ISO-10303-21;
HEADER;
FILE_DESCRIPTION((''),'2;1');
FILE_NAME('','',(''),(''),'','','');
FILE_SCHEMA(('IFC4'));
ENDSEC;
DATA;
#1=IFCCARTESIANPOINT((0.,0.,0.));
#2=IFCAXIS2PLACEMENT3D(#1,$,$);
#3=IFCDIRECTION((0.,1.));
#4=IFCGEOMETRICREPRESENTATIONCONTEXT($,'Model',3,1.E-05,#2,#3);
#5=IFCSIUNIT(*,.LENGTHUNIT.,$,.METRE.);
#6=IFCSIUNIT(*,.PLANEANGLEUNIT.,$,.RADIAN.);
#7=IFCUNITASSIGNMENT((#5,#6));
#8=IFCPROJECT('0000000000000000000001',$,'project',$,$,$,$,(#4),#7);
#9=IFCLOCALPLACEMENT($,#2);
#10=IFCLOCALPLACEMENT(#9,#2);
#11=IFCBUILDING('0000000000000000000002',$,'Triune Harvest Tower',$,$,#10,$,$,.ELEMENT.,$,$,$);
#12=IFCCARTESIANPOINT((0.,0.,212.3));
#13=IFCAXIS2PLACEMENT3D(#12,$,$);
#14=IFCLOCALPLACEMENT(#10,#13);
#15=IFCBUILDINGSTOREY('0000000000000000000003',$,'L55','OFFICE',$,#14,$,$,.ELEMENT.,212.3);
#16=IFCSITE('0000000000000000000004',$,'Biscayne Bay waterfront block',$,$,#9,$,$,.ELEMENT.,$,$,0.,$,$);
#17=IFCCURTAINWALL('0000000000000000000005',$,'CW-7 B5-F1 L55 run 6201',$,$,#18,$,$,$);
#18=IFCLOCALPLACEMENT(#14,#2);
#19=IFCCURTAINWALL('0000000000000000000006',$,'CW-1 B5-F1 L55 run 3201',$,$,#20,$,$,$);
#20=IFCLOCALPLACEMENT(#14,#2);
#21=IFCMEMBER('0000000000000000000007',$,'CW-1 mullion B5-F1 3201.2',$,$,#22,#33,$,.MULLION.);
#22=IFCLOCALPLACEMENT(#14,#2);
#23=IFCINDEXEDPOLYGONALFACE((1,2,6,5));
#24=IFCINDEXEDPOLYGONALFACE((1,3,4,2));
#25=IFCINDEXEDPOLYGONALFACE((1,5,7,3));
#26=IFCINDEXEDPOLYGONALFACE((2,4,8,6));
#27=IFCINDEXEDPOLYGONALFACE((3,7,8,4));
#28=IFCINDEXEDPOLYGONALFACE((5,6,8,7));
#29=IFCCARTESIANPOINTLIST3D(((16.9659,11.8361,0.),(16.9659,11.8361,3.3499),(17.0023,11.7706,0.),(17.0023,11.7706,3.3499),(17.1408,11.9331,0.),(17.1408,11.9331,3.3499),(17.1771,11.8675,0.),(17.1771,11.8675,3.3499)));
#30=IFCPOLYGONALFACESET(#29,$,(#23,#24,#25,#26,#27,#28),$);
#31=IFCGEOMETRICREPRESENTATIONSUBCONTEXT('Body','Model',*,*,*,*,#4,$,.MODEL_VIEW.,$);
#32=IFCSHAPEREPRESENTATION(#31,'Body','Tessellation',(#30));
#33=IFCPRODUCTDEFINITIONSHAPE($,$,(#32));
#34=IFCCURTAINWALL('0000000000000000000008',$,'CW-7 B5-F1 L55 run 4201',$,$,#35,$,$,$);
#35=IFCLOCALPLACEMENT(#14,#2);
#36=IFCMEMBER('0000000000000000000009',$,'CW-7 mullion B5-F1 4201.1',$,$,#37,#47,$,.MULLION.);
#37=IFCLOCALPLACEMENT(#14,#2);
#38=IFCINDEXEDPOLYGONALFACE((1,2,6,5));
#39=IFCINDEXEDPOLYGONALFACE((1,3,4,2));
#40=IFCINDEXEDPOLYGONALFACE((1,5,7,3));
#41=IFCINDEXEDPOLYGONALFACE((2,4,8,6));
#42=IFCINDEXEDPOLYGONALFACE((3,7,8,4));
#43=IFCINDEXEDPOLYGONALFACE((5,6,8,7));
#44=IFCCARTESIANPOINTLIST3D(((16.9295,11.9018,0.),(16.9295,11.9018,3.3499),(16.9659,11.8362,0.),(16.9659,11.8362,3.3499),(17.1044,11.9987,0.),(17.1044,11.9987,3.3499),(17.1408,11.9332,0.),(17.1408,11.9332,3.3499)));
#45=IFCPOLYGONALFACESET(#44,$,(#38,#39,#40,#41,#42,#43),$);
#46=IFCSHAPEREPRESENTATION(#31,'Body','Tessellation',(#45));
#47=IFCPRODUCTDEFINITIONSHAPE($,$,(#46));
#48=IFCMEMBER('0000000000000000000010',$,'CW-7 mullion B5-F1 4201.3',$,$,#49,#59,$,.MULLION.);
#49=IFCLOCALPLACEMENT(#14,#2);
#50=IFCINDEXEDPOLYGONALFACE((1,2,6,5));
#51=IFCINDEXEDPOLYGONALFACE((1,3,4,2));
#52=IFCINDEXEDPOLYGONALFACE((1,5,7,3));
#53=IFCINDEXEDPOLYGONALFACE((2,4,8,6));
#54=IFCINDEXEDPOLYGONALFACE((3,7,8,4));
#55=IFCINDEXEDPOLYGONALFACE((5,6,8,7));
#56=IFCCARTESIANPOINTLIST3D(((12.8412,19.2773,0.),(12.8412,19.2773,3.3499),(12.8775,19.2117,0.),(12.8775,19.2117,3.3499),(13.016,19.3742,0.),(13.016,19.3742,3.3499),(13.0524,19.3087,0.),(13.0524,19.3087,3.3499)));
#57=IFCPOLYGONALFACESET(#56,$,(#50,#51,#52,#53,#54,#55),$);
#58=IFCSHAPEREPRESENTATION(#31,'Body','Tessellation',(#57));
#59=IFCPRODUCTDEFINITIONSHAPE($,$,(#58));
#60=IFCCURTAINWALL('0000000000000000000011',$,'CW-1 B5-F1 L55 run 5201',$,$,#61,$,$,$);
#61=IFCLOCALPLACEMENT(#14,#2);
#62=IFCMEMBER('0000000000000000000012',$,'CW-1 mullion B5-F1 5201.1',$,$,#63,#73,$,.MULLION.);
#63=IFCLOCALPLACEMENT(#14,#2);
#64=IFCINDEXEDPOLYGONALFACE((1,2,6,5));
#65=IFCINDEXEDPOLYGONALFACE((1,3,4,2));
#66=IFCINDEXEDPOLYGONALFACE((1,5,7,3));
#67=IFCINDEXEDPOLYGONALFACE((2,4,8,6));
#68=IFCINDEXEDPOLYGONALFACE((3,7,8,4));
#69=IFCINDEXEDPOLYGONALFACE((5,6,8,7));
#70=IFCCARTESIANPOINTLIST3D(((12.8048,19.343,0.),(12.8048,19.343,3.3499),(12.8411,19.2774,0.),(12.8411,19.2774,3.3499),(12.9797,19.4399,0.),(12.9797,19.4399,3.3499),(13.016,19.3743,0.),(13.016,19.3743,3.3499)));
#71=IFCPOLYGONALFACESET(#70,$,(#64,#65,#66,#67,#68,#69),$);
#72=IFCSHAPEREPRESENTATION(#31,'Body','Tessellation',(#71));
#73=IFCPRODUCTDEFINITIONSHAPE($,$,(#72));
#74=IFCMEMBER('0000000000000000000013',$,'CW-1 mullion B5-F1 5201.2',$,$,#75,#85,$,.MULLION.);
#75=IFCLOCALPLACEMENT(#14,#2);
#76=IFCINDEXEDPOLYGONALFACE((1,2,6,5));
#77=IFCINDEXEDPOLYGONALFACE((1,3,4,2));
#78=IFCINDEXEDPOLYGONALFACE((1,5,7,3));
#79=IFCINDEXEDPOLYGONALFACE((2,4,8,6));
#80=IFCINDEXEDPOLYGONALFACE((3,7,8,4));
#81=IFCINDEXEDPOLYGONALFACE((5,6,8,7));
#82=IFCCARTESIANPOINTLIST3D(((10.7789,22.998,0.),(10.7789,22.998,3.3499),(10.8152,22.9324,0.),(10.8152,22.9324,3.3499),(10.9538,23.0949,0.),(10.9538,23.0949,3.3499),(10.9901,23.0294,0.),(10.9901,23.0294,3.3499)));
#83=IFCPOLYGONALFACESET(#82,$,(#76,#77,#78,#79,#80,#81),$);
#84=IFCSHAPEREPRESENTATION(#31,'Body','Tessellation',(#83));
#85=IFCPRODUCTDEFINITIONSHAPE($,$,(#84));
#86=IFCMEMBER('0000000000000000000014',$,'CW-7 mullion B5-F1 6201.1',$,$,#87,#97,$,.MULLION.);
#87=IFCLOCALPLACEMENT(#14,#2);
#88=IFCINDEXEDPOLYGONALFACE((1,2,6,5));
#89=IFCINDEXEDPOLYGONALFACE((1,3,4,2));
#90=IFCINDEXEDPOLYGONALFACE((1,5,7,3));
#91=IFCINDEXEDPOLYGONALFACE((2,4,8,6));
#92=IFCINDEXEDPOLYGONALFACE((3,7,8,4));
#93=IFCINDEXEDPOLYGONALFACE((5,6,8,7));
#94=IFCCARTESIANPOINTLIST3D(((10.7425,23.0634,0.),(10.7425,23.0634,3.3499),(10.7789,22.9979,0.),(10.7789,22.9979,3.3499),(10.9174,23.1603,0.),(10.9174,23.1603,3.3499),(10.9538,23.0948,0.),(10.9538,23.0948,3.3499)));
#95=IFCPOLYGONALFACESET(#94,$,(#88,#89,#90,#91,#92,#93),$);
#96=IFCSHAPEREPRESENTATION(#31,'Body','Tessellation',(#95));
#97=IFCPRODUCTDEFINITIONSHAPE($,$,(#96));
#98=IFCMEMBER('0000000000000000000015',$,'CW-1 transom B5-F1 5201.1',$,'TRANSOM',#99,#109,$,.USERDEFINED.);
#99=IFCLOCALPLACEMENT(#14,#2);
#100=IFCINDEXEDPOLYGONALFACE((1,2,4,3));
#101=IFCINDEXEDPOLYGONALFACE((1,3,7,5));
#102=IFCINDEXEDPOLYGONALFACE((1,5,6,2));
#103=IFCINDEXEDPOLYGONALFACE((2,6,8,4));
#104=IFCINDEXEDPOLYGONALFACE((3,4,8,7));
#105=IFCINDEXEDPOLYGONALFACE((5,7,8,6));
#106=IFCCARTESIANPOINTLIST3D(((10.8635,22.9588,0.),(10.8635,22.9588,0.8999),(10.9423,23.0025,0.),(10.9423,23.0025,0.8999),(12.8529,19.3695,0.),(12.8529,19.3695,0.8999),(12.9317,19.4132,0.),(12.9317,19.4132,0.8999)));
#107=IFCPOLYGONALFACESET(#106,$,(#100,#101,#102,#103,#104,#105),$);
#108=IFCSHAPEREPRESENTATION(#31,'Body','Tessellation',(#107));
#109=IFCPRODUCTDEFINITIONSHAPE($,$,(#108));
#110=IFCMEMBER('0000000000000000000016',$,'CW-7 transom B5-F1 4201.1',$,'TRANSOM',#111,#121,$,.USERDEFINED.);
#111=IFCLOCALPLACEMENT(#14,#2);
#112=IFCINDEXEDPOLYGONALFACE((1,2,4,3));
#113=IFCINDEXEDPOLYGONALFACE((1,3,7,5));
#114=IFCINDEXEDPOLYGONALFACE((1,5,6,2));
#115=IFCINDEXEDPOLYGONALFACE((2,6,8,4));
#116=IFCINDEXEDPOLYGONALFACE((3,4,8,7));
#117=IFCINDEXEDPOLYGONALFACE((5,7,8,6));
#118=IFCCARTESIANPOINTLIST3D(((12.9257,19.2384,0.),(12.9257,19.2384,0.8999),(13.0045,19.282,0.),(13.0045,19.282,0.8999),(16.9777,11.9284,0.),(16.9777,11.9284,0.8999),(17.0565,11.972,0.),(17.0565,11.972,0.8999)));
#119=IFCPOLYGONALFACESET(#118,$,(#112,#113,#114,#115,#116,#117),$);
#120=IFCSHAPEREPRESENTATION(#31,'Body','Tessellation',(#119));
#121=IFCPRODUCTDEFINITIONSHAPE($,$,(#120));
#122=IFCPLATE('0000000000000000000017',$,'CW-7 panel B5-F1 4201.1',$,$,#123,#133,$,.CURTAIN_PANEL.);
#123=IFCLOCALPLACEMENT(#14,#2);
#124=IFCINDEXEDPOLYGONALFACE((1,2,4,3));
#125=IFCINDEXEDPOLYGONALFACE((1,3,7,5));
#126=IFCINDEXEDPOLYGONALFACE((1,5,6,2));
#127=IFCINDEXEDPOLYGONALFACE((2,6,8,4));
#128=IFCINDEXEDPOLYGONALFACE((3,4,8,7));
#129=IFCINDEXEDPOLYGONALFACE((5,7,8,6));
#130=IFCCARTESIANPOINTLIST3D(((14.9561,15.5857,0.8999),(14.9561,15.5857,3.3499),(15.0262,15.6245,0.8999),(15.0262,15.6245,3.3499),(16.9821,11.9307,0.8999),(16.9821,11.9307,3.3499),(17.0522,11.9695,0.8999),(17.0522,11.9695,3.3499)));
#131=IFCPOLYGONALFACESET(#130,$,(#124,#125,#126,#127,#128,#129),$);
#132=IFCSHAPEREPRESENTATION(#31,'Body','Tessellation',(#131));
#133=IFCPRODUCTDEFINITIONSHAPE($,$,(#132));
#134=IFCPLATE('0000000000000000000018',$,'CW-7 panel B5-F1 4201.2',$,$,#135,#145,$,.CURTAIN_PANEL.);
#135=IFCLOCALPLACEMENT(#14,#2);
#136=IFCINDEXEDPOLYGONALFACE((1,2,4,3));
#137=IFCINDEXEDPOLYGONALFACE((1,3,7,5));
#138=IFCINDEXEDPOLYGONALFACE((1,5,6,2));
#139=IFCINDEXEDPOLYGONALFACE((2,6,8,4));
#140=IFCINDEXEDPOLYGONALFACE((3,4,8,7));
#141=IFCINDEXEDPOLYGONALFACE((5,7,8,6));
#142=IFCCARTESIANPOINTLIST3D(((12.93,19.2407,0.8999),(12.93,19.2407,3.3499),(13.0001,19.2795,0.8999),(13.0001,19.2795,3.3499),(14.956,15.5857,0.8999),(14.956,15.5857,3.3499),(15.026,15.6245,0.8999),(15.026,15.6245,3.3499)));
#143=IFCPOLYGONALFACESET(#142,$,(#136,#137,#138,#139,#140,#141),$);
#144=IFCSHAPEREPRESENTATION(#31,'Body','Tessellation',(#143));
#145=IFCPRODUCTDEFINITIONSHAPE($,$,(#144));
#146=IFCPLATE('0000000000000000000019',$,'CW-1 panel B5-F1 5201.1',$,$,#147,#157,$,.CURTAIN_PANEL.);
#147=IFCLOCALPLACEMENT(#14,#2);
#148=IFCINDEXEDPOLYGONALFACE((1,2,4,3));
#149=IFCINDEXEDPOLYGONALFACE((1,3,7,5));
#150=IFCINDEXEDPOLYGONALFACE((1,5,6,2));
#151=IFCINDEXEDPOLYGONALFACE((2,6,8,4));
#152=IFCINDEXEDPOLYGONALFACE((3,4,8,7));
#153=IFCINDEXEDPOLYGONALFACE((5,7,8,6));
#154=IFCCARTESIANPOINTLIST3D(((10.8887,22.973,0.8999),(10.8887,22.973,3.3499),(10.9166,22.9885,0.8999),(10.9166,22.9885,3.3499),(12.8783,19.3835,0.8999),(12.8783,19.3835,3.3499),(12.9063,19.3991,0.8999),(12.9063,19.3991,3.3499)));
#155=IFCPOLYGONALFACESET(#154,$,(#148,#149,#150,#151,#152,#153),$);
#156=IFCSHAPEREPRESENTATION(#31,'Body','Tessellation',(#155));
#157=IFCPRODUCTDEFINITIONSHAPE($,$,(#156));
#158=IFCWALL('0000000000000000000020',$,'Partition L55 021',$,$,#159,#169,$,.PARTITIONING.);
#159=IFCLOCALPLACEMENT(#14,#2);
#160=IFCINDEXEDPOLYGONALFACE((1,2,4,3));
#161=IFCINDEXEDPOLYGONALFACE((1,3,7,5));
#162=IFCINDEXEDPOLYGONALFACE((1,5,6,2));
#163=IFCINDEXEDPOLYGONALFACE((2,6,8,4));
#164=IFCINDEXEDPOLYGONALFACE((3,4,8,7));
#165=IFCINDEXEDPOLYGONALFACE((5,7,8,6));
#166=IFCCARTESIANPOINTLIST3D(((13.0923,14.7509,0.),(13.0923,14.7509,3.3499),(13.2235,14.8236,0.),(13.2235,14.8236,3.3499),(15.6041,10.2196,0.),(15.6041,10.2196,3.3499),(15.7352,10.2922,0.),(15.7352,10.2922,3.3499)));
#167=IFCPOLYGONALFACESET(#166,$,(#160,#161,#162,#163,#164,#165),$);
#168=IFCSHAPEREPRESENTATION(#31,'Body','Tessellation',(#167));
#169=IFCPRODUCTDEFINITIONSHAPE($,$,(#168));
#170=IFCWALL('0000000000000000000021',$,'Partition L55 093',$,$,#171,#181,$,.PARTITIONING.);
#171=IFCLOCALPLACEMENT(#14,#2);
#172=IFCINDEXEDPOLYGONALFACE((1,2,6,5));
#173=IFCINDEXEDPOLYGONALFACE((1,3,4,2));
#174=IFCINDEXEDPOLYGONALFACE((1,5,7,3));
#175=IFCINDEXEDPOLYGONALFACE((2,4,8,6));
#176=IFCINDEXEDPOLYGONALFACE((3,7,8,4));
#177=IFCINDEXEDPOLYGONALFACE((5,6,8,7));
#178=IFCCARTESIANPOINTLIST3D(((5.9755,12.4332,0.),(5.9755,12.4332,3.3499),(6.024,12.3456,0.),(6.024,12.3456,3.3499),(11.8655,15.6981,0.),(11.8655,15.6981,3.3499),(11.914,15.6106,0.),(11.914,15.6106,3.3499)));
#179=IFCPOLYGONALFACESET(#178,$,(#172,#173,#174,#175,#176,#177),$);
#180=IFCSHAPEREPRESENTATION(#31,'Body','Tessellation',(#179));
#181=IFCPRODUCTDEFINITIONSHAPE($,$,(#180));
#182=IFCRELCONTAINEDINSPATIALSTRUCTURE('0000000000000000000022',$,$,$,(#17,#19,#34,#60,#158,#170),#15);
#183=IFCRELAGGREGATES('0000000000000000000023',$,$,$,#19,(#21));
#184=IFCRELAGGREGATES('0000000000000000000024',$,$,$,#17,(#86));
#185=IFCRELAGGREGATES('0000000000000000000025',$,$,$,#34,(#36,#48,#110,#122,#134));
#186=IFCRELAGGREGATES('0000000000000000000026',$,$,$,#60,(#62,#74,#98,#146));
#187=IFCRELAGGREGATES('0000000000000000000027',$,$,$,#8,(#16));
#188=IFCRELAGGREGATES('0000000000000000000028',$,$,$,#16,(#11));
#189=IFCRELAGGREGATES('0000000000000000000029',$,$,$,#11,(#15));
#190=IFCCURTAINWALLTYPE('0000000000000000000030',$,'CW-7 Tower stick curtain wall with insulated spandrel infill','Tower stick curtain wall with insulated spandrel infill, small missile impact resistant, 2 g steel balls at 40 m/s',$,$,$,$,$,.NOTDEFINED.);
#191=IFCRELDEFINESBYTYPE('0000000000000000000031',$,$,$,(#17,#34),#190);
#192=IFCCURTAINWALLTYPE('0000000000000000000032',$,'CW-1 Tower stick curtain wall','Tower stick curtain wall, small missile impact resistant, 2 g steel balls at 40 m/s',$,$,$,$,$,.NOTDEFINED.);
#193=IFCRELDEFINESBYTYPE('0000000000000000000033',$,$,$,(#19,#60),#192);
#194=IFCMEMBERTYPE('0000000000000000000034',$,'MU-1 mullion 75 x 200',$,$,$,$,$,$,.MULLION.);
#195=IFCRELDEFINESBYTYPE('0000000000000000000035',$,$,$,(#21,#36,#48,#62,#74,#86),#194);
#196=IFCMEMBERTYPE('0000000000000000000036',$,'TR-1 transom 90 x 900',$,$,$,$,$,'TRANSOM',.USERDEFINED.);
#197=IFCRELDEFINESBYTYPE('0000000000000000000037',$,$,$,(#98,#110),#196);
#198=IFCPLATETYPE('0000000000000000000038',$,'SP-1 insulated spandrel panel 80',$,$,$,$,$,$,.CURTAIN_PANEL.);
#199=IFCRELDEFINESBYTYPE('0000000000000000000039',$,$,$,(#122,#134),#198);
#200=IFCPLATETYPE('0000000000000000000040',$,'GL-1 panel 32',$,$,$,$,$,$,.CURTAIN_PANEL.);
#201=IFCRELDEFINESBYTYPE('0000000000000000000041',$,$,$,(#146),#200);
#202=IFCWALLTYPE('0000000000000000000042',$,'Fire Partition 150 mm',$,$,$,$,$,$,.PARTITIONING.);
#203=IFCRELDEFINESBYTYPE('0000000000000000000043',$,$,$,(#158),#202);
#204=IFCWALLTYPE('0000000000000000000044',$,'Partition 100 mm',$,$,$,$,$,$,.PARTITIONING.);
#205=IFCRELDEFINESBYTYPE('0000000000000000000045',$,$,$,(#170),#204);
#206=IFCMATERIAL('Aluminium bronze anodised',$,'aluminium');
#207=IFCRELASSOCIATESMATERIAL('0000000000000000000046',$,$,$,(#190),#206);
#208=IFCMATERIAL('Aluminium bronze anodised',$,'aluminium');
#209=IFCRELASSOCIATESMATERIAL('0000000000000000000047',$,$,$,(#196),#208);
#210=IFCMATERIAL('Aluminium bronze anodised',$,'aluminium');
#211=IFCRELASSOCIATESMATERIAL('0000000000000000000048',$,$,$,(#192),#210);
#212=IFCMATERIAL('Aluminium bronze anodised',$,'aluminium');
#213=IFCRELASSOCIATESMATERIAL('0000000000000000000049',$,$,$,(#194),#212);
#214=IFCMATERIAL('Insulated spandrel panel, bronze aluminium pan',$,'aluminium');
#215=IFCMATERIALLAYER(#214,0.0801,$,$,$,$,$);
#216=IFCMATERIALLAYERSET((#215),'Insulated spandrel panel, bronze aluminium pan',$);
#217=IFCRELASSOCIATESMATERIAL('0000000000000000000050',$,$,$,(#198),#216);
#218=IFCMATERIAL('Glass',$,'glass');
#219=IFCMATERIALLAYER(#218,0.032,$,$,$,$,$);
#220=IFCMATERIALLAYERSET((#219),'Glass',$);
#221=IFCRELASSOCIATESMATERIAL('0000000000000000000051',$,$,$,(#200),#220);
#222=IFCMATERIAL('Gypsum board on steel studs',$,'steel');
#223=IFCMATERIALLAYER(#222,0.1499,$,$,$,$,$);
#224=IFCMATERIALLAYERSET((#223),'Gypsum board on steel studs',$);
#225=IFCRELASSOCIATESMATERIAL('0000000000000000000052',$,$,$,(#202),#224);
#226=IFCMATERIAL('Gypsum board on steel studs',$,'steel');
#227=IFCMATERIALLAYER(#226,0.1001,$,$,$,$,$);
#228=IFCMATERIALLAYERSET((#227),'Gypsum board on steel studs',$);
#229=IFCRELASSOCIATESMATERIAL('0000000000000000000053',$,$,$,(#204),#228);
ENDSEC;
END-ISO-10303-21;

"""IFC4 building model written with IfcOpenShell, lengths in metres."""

from ifc_helpers import new_model, si_unit, direction, frame, frame_2d, origin, origin_2d, place, context, subcontext, project, spatial, rectangle, extrude, source, transform, mapped, material, layer, layer_set, material_profile, profile_set, type_object, element, aggregate, save


model = new_model("IFC4")

# Units and contexts
model_context = context("Model", 3, precision=1e-05, world=origin(), true_north=direction((0.0, 1.0)))
body_context = subcontext(model_context, "Body", "Model", "MODEL_VIEW")
ifc_project = project(units=[si_unit("LENGTHUNIT", "METRE"), si_unit("PLANEANGLEUNIT", "RADIAN")], contexts=[model_context])

# Site, building, storey
site_placement = place(None, origin())
site = spatial("IfcSite", under=ifc_project, at=site_placement, Name="Biscayne Bay waterfront block", CompositionType="ELEMENT", RefElevation=0.0)
building_placement = place(site_placement, origin())
building = spatial("IfcBuilding", under=site, at=building_placement, Name="Triune Harvest Tower", CompositionType="ELEMENT")
storey_placement = place(building_placement, frame((0.0, 0.0, 212.3)))
storey = spatial("IfcBuildingStorey", under=building, at=storey_placement, Name="L55", Description="OFFICE", CompositionType="ELEMENT", Elevation=212.3)

# Curtain wall
ifc_material_1 = material(Name="Aluminium bronze anodised", Category="aluminium")
curtain_wall_type_1 = type_object("IfcCurtainWallType", Name="CW-7 Tower stick curtain wall with insulated spandrel infill", Description="Tower stick curtain wall with insulated spandrel infill, small missile impact resistant, 2 g steel balls at 40 m/s", PredefinedType="NOTDEFINED", material=ifc_material_1)
curtain_wall_1_placement = place(storey_placement, origin())
curtain_wall_1 = element("IfcCurtainWall", 1, at=curtain_wall_1_placement, inside=storey, type_object=curtain_wall_type_1, Name="CW-7 B5-F1 L55 run 6201")
ifc_material_2 = material(Name="Aluminium bronze anodised", Category="aluminium")
ifc_material_profile_1 = material_profile(ifc_material_2, rectangle(XDim=0.0901, YDim=0.8999, at=origin_2d()), Name="TR-1 transom 90 x 900")
ifc_profile_set_1 = profile_set([ifc_material_profile_1], Name="Aluminium bronze anodised")
member_type_1 = type_object("IfcMemberType", Name="TR-1 transom 90 x 900", ElementType="TRANSOM", PredefinedType="USERDEFINED", material=ifc_profile_set_1)

# Curtain wall, member
ifc_material_3 = material(Name="Aluminium bronze anodised", Category="aluminium")
curtain_wall_type_2 = type_object("IfcCurtainWallType", Name="CW-1 Tower stick curtain wall", Description="Tower stick curtain wall, small missile impact resistant, 2 g steel balls at 40 m/s", PredefinedType="NOTDEFINED", material=ifc_material_3)
curtain_wall_2_placement = place(storey_placement, origin())
curtain_wall_2 = element("IfcCurtainWall", 2, at=curtain_wall_2_placement, inside=storey, type_object=curtain_wall_type_2, Name="CW-1 B5-F1 L55 run 3201")
ifc_material_4 = material(Name="Aluminium bronze anodised", Category="aluminium")
ifc_material_profile_2 = material_profile(ifc_material_4, rectangle(XDim=0.2, YDim=0.075, at=origin_2d()), Name="MU-1 mullion 75 x 200")
ifc_profile_set_2 = profile_set([ifc_material_profile_2], Name="Aluminium bronze anodised")
member_type_2 = type_object("IfcMemberType", Name="MU-1 mullion 75 x 200", PredefinedType="MULLION", material=ifc_profile_set_2)
shared_shape_1 = source(origin(), body_context, "Body", "SweptSolid", [
    extrude(rectangle(XDim=0.2, YDim=0.075, at=origin_2d()), origin(), (0.0, 0.0, 1.0), 3.3499),
])
member_1_placement = place(storey_placement, frame((17.0715, 11.8518, 0.0), z_axis=(0.0, 0.0, 1.0), x_axis=(-0.87461, -0.484826, 0.0)))
member_1 = element("IfcMember", 3, at=member_1_placement, type_object=member_type_2, Name="CW-1 mullion B5-F1 3201.2", PredefinedType="MULLION", context=body_context, shape_type="MappedRepresentation", body=[
    mapped(shared_shape_1, transform((0.0, 0.0, 0.0), scale=1.0)),
])
aggregate(curtain_wall_2, [member_1])

# Curtain walls, members
curtain_wall_3_placement = place(storey_placement, origin())
curtain_wall_3 = element("IfcCurtainWall", 4, at=curtain_wall_3_placement, inside=storey, type_object=curtain_wall_type_1, Name="CW-7 B5-F1 L55 run 4201")
member_2_placement = place(storey_placement, frame((17.0352, 11.9175, 0.0), z_axis=(0.0, 0.0, 1.0), x_axis=(-0.874621, -0.484807, 0.0)))
member_2 = element("IfcMember", 5, at=member_2_placement, type_object=member_type_2, Name="CW-7 mullion B5-F1 4201.1", PredefinedType="MULLION", context=body_context, shape_type="MappedRepresentation", body=[
    mapped(shared_shape_1, transform((0.0, 0.0, 0.0), scale=1.0)),
])
member_3_placement = place(storey_placement, frame((12.9468, 19.293, 0.0), z_axis=(0.0, 0.0, 1.0), x_axis=(-0.874621, -0.484807, 0.0)))
member_3 = element("IfcMember", 6, at=member_3_placement, type_object=member_type_2, Name="CW-7 mullion B5-F1 4201.3", PredefinedType="MULLION", context=body_context, shape_type="MappedRepresentation", body=[
    mapped(shared_shape_1, transform((0.0, 0.0, 0.0), scale=1.0)),
])
curtain_wall_4_placement = place(storey_placement, origin())
curtain_wall_4 = element("IfcCurtainWall", 7, at=curtain_wall_4_placement, inside=storey, type_object=curtain_wall_type_2, Name="CW-1 B5-F1 L55 run 5201")
member_4_placement = place(storey_placement, frame((12.9104, 19.3586, 0.0), z_axis=(0.0, 0.0, 1.0), x_axis=(-0.874626, -0.484798, 0.0)))
member_4 = element("IfcMember", 8, at=member_4_placement, type_object=member_type_2, Name="CW-1 mullion B5-F1 5201.1", PredefinedType="MULLION", context=body_context, shape_type="MappedRepresentation", body=[
    mapped(shared_shape_1, transform((0.0, 0.0, 0.0), scale=1.0)),
])
member_5_placement = place(storey_placement, frame((10.8845, 23.0137, 0.0), z_axis=(0.0, 0.0, 1.0), x_axis=(-0.874626, -0.484798, 0.0)))
member_5 = element("IfcMember", 9, at=member_5_placement, type_object=member_type_2, Name="CW-1 mullion B5-F1 5201.2", PredefinedType="MULLION", context=body_context, shape_type="MappedRepresentation", body=[
    mapped(shared_shape_1, transform((0.0, 0.0, 0.0), scale=1.0)),
])

# Members
member_6_placement = place(storey_placement, frame((10.8481, 23.0791, 0.0), z_axis=(0.0, 0.0, 1.0), x_axis=(-0.874618, -0.484812, 0.0)))
member_6 = element("IfcMember", 10, at=member_6_placement, type_object=member_type_2, Name="CW-7 mullion B5-F1 6201.1", PredefinedType="MULLION", context=body_context, shape_type="MappedRepresentation", body=[
    mapped(shared_shape_1, transform((0.0, 0.0, 0.0), scale=1.0)),
])
aggregate(curtain_wall_1, [member_6])
shared_shape_2 = source(origin(), body_context, "Body", "SweptSolid", [
    extrude(rectangle(XDim=0.0901, YDim=0.8999, at=origin_2d()), origin(), (0.0, 0.0, 1.0), 4.1038),
])
member_7_placement = place(storey_placement, frame((12.8923, 19.3914, 0.45), z_axis=(-0.484789, 0.874631, 0.0), x_axis=(-0.874631, -0.484789, 0.0)))
member_7 = element("IfcMember", 11, at=member_7_placement, type_object=member_type_1, Name="CW-1 transom B5-F1 5201.1", ObjectType="TRANSOM", PredefinedType="USERDEFINED", context=body_context, shape_type="MappedRepresentation", body=[
    mapped(shared_shape_2, transform((0.0, 0.0, 0.0), scale=1.0)),
])
shared_shape_3 = source(origin(), body_context, "Body", "SweptSolid", [
    extrude(rectangle(XDim=0.0901, YDim=0.8999, at=origin_2d()), origin(), (0.0, 0.0, 1.0), 8.3579),
])
member_8_placement = place(storey_placement, frame((17.0171, 11.9502, 0.45), z_axis=(-0.484807, 0.874621, 0.0), x_axis=(-0.874621, -0.484807, 0.0)))
member_8 = element("IfcMember", 12, at=member_8_placement, type_object=member_type_1, Name="CW-7 transom B5-F1 4201.1", ObjectType="TRANSOM", PredefinedType="USERDEFINED", context=body_context, shape_type="MappedRepresentation", body=[
    mapped(shared_shape_3, transform((0.0, 0.0, 0.0), scale=1.0)),
])

# Plates
ifc_material_5 = material(Name="Insulated spandrel panel, bronze aluminium pan", Category="aluminium")
ifc_layer_1 = layer(ifc_material_5, 0.0801)
ifc_layer_set_1 = layer_set([ifc_layer_1], Name="Insulated spandrel panel, bronze aluminium pan")
plate_type_1 = type_object("IfcPlateType", Name="SP-1 insulated spandrel panel 80", PredefinedType="CURTAIN_PANEL", material=ifc_layer_set_1)
shared_shape_4 = source(origin(), body_context, "Body", "SweptSolid", [
    extrude(rectangle(XDim=4.179, YDim=0.0801, at=origin_2d()), origin(), (0.0, 0.0, 1.0), 2.45),
])
plate_1_placement = place(storey_placement, frame((16.0042, 13.7776, 0.8999), z_axis=(0.0, 0.0, 1.0), x_axis=(-0.484807, 0.874621, 0.0)))
plate_1 = element("IfcPlate", 13, at=plate_1_placement, type_object=plate_type_1, Name="CW-7 panel B5-F1 4201.1", PredefinedType="CURTAIN_PANEL", context=body_context, shape_type="MappedRepresentation", body=[
    mapped(shared_shape_4, transform((0.0, 0.0, 0.0), scale=1.0)),
])
plate_2_placement = place(storey_placement, frame((13.978, 17.4326, 0.8999), z_axis=(0.0, 0.0, 1.0), x_axis=(-0.484807, 0.874621, 0.0)))
plate_2 = element("IfcPlate", 14, at=plate_2_placement, type_object=plate_type_1, Name="CW-7 panel B5-F1 4201.2", PredefinedType="CURTAIN_PANEL", context=body_context, shape_type="MappedRepresentation", body=[
    mapped(shared_shape_4, transform((0.0, 0.0, 0.0), scale=1.0)),
])
aggregate(curtain_wall_3, [member_2, member_3, member_8, plate_1, plate_2])
ifc_material_6 = material(Name="Glass", Category="glass")
ifc_layer_2 = layer(ifc_material_6, 0.032)
ifc_layer_set_2 = layer_set([ifc_layer_2], Name="Glass")
plate_type_2 = type_object("IfcPlateType", Name="GL-1 panel 32", PredefinedType="CURTAIN_PANEL", material=ifc_layer_set_2)
shared_shape_5 = source(origin(), body_context, "Body", "SweptSolid", [
    extrude(rectangle(XDim=4.104, YDim=0.032, at=origin_2d()), origin(), (0.0, 0.0, 1.0), 2.45),
])
plate_3_placement = place(storey_placement, frame((11.8975, 21.186, 0.8999), z_axis=(0.0, 0.0, 1.0), x_axis=(-0.484798, 0.874626, 0.0)))
plate_3 = element("IfcPlate", 15, at=plate_3_placement, type_object=plate_type_2, Name="CW-1 panel B5-F1 5201.1", PredefinedType="CURTAIN_PANEL", context=body_context, shape_type="MappedRepresentation", body=[
    mapped(shared_shape_5, transform((0.0, 0.0, 0.0), scale=1.0)),
])
aggregate(curtain_wall_4, [member_4, member_5, member_7, plate_3])

# Walls
ifc_material_7 = material(Name="Gypsum board on steel studs", Category="steel")
ifc_layer_3 = layer(ifc_material_7, 0.1499)
ifc_layer_set_3 = layer_set([ifc_layer_3], Name="Gypsum board on steel studs")
wall_type_1 = type_object("IfcWallType", Name="Fire Partition 150 mm", PredefinedType="PARTITIONING", material=ifc_layer_set_3)
wall_1_placement = place(storey_placement, frame((13.158, 14.7871, 0.0), z_axis=(0.0, 0.0, 1.0), x_axis=(0.48481, -0.874619, 0.0)))
element("IfcWall", 16, at=wall_1_placement, inside=storey, type_object=wall_type_1, Name="Partition L55 021", PredefinedType="PARTITIONING", context=body_context, shape_type="SweptSolid", body=[
    extrude(rectangle(XDim=5.1809, YDim=0.1499, at=frame_2d((2.5903, 0.0))), origin(), (0.0, 0.0, 1.0), 3.3499),
])
ifc_material_8 = material(Name="Gypsum board on steel studs", Category="steel")
ifc_layer_4 = layer(ifc_material_8, 0.1001)
ifc_layer_set_4 = layer_set([ifc_layer_4], Name="Gypsum board on steel studs")
wall_type_2 = type_object("IfcWallType", Name="Partition 100 mm", PredefinedType="PARTITIONING", material=ifc_layer_set_4)
wall_2_placement = place(storey_placement, frame((5.9998, 12.3894, 0.0), z_axis=(0.0, 0.0, 1.0), x_axis=(0.874615, 0.484818, 0.0)))
element("IfcWall", 17, at=wall_2_placement, inside=storey, type_object=wall_type_2, Name="Partition L55 093", PredefinedType="PARTITIONING", context=body_context, shape_type="SweptSolid", body=[
    extrude(rectangle(XDim=6.7344, YDim=0.1001, at=frame_2d((3.3672, 0.0))), origin(), (0.0, 0.0, 1.0), 3.3499),
])

save(model, "model.ifc")
